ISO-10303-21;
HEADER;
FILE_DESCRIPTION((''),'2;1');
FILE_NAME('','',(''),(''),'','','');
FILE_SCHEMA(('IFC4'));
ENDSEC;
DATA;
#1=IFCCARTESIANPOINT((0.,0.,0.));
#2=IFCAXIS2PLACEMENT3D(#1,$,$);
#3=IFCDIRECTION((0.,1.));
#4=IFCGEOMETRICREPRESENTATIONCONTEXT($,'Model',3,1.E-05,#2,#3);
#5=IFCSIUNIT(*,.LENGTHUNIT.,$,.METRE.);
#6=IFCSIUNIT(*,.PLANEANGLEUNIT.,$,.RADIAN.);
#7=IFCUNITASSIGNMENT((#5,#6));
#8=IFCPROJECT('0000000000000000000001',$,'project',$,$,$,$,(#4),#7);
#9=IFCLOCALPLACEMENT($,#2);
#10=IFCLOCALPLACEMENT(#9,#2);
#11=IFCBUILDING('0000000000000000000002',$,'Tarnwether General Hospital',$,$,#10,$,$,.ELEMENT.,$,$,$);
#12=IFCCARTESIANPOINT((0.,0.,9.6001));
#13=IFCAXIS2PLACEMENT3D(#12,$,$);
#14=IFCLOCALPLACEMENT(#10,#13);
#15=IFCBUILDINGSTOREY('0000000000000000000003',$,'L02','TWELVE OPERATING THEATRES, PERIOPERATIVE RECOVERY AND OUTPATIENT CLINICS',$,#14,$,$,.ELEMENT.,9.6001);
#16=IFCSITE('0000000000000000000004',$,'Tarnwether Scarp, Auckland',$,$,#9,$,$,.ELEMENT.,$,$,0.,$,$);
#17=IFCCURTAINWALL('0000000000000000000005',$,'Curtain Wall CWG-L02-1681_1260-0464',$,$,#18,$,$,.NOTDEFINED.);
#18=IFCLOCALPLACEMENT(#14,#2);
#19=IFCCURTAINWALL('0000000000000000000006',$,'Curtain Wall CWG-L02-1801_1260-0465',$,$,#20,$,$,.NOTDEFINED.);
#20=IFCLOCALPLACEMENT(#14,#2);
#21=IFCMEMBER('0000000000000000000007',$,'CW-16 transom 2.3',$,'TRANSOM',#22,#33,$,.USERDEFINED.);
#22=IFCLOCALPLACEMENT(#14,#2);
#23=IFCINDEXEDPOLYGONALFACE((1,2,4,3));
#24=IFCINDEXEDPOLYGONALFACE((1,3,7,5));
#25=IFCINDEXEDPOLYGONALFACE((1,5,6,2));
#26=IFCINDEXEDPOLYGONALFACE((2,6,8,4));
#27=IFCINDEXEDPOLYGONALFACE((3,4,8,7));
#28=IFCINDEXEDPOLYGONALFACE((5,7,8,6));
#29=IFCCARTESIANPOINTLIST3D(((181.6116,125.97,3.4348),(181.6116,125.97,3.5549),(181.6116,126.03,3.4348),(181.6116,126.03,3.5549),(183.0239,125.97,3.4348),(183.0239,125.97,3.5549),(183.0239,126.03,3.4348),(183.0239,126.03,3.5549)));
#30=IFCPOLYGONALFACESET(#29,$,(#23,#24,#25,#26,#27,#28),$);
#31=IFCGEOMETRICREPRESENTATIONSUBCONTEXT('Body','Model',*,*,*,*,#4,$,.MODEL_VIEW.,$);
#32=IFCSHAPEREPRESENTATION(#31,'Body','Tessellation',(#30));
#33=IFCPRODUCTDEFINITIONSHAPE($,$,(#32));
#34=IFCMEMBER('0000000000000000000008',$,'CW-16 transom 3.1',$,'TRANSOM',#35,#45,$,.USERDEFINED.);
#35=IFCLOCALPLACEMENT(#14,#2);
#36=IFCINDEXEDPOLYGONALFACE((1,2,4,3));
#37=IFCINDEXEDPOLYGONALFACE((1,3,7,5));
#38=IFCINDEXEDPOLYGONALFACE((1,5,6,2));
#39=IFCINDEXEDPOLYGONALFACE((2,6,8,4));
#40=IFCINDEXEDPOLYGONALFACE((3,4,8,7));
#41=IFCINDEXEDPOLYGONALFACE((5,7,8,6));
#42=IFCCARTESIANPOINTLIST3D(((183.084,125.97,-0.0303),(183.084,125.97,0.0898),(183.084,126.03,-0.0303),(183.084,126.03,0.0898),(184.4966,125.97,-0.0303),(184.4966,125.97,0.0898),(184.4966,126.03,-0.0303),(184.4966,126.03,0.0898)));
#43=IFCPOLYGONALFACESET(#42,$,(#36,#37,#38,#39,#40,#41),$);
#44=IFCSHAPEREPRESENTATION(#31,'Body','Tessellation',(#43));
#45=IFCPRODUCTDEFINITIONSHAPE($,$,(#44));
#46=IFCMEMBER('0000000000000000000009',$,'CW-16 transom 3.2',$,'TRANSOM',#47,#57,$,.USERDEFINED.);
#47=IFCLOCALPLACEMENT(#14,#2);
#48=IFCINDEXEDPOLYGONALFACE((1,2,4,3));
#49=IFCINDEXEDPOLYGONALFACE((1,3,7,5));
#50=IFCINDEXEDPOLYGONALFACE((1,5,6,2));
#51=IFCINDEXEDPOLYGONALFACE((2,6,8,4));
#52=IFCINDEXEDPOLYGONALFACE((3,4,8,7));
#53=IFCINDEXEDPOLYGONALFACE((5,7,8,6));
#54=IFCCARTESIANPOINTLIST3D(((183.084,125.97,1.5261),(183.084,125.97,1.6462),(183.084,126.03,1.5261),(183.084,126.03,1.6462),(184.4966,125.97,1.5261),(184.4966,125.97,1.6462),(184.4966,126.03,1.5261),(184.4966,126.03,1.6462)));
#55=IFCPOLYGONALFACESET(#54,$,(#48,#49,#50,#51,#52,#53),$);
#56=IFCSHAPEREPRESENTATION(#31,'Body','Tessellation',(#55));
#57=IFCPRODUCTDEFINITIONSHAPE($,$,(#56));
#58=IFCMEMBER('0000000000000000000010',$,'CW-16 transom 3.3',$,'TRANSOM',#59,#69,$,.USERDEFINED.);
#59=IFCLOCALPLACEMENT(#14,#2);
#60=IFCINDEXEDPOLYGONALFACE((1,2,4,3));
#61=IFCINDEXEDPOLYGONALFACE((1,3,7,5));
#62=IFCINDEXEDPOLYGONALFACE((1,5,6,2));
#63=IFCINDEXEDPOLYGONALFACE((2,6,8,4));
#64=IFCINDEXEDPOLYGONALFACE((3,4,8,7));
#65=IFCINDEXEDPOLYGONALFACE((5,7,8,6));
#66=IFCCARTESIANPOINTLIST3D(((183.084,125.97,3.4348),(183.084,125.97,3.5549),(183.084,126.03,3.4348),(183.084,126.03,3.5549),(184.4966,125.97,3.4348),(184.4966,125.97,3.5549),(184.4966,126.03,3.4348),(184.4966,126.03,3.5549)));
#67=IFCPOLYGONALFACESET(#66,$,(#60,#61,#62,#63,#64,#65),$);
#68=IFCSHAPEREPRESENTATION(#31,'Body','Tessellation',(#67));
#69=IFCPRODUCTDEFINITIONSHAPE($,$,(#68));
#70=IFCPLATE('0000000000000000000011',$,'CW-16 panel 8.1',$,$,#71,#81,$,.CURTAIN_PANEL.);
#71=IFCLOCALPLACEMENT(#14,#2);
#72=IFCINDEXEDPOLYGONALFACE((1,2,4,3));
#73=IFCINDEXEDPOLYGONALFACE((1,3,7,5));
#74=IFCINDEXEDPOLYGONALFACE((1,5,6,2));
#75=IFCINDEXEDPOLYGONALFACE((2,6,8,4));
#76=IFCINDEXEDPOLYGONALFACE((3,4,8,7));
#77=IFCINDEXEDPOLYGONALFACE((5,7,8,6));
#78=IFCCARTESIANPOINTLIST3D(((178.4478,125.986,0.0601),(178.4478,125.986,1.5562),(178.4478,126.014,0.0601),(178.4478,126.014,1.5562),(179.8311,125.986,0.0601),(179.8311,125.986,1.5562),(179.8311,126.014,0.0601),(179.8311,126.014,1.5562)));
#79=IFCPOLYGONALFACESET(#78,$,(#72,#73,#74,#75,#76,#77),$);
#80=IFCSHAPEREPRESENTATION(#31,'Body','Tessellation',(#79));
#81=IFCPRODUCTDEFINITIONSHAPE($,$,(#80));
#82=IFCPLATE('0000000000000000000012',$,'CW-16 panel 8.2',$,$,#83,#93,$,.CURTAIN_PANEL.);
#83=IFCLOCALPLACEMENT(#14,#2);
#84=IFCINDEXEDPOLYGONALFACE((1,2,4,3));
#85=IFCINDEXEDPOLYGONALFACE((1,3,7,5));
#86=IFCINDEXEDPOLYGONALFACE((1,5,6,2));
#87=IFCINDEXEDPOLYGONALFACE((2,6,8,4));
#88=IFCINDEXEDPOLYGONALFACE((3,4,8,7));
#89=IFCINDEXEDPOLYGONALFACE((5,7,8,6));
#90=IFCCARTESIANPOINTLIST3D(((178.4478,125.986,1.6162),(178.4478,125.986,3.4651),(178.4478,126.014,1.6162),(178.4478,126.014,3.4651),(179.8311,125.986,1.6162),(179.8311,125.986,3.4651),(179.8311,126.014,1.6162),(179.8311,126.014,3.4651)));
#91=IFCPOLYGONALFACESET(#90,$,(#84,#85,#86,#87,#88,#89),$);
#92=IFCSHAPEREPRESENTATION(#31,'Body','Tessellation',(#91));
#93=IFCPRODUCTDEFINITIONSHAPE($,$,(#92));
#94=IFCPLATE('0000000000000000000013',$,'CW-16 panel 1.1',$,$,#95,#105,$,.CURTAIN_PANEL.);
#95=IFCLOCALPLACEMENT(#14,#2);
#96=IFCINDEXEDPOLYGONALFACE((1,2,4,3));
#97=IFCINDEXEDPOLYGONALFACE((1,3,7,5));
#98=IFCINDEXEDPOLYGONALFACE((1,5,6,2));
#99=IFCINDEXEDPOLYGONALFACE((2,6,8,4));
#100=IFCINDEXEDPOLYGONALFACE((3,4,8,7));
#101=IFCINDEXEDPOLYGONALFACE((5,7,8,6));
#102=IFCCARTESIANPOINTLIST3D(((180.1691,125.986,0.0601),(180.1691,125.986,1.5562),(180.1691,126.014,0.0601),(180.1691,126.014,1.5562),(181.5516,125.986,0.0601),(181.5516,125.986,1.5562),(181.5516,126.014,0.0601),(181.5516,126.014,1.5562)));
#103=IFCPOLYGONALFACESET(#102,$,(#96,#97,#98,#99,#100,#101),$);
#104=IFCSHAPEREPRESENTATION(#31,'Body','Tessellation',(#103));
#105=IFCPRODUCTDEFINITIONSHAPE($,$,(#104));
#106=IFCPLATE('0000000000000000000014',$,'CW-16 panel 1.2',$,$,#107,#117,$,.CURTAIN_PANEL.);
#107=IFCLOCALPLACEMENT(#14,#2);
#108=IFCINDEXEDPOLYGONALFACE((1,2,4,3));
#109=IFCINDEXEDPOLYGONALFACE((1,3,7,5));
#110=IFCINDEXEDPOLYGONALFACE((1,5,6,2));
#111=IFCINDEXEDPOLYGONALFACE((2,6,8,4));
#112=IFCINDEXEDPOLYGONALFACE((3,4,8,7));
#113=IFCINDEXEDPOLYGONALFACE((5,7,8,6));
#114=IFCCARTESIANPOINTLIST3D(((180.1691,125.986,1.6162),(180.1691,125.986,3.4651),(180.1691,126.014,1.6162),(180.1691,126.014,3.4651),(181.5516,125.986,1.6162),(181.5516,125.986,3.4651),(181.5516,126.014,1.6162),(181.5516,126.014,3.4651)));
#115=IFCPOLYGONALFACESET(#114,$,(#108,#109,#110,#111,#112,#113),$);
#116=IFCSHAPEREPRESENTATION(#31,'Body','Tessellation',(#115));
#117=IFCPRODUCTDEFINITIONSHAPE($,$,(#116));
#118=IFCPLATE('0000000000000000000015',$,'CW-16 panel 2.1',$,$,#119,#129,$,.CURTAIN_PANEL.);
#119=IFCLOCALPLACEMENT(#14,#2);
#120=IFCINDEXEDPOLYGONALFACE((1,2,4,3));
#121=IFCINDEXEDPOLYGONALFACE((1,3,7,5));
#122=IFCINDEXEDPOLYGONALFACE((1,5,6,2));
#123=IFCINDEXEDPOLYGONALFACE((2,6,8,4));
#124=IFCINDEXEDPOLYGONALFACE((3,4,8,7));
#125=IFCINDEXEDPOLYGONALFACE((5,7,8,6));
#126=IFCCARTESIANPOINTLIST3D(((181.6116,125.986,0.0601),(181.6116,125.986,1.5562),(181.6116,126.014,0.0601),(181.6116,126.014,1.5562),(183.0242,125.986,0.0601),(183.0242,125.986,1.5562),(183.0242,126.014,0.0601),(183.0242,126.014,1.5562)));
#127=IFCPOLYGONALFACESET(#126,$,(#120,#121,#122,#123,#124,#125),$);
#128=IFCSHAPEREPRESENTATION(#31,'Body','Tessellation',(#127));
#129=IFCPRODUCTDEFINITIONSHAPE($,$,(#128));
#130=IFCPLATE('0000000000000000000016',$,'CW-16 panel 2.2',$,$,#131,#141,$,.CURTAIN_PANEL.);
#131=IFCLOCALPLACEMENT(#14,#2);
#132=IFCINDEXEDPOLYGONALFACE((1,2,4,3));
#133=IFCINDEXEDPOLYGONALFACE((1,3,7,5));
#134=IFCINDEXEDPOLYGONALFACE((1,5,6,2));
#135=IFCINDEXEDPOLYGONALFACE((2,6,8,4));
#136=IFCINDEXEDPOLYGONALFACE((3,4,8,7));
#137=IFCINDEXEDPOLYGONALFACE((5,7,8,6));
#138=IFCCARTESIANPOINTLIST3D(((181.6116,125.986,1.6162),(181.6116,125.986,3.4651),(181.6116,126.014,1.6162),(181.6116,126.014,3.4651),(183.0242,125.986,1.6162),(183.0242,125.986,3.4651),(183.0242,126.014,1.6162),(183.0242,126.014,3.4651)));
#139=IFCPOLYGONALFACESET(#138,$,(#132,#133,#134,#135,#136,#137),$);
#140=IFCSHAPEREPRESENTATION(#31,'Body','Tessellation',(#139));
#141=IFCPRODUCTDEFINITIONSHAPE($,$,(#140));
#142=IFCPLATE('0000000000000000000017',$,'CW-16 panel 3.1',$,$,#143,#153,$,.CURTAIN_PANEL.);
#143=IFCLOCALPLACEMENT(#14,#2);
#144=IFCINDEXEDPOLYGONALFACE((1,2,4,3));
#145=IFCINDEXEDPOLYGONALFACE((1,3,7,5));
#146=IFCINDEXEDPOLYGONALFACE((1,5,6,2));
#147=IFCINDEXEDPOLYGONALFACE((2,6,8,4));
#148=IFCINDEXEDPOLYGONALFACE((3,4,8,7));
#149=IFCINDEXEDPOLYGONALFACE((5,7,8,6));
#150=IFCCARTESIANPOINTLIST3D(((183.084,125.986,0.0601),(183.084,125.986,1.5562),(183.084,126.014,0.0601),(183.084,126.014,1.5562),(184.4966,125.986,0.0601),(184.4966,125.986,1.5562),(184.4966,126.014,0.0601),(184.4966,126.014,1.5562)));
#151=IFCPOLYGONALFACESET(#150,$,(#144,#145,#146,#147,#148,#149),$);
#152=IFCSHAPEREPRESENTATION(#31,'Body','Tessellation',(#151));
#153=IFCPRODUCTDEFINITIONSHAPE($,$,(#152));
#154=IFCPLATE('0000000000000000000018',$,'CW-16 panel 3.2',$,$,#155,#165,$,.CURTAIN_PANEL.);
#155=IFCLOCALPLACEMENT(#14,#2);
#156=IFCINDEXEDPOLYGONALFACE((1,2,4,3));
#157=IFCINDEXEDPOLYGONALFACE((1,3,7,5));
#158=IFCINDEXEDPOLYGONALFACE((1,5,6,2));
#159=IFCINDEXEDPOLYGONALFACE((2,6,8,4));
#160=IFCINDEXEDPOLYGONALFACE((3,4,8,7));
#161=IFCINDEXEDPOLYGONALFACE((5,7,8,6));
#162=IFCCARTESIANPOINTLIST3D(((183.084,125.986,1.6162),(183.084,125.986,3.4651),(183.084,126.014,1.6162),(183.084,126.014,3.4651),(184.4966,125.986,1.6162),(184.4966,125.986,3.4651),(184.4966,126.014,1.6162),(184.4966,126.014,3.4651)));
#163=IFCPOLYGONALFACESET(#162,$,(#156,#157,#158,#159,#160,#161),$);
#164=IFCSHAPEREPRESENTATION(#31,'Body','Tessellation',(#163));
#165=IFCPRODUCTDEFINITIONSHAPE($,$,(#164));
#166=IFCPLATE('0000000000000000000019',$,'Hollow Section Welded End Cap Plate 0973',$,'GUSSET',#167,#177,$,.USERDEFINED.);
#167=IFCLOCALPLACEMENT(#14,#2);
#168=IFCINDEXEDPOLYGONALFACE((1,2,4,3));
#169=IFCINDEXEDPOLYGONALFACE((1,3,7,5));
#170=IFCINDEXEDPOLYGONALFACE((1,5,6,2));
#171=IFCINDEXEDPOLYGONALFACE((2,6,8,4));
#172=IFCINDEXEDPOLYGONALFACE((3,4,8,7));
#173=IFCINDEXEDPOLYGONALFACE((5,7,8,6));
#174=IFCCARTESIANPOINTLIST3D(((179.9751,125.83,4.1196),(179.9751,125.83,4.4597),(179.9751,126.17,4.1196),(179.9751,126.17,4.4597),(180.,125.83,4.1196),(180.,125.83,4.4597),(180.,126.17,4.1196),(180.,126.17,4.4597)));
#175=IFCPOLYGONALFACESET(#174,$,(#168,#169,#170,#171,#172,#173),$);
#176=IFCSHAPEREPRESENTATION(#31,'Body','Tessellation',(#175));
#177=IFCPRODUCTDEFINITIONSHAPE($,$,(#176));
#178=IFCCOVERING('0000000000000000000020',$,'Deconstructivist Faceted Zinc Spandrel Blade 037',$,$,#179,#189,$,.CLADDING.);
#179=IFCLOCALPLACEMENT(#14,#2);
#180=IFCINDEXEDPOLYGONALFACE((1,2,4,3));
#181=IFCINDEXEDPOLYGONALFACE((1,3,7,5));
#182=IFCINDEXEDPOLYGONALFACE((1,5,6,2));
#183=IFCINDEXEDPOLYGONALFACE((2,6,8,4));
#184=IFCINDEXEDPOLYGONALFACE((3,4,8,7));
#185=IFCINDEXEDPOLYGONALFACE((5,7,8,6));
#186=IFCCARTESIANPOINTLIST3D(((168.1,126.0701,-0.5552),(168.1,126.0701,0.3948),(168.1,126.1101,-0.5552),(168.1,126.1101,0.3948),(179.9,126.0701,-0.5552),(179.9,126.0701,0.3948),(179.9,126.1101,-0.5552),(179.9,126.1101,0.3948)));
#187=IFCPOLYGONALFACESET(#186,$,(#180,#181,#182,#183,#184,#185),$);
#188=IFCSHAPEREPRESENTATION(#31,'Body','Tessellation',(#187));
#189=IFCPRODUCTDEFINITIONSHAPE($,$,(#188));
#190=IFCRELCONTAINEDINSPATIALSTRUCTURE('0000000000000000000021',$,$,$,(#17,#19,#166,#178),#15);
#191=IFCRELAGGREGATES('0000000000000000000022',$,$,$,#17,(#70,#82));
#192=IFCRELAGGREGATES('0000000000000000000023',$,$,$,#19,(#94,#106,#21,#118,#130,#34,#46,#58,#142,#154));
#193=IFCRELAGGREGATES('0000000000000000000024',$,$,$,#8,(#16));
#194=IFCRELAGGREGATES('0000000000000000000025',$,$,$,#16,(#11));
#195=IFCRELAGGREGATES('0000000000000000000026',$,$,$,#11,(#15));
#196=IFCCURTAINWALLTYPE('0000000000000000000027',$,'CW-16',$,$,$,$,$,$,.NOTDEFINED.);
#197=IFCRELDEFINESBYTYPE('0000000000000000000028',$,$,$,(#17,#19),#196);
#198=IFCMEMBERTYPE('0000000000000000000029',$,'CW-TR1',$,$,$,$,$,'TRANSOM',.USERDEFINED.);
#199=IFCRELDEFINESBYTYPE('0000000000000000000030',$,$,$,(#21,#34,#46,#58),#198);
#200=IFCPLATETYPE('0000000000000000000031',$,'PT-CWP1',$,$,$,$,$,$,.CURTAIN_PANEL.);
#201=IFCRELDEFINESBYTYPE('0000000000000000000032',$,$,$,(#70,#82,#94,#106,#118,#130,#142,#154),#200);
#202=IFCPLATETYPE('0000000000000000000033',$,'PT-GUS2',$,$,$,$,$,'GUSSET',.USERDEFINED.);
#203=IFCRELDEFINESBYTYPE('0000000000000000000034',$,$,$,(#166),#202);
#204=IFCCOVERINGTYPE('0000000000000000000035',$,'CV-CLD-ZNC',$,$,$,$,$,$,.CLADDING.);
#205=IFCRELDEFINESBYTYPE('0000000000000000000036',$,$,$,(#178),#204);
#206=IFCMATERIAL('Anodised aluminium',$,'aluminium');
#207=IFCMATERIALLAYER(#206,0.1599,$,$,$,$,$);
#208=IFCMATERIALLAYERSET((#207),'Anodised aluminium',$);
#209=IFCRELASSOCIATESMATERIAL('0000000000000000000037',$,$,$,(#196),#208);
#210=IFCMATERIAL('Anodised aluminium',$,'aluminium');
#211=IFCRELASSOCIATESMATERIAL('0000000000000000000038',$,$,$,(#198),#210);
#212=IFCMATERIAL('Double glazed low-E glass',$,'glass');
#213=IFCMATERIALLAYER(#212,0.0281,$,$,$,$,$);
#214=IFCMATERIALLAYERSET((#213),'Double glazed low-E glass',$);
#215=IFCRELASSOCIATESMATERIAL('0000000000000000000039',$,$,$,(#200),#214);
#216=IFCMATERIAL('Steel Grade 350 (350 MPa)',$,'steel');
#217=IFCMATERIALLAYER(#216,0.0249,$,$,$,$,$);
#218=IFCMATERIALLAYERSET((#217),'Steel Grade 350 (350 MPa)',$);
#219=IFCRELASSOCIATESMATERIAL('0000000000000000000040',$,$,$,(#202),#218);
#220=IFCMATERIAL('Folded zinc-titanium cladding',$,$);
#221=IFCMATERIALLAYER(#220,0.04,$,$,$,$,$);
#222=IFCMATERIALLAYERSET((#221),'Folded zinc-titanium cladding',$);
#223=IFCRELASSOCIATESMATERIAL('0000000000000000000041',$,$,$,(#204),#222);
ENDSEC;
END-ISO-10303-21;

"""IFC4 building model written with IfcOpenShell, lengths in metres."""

from ifc_helpers import new_model, si_unit, direction, frame, origin, origin_2d, place, context, subcontext, project, spatial, rectangle, extrude, material, layer, layer_set, material_profile, profile_set, type_object, element, aggregate, save


model = new_model("IFC4")

# Units and contexts
model_context = context("Model", 3, precision=1e-05, world=origin(), true_north=direction((0.0, 1.0)))
body_context = subcontext(model_context, "Body", "Model", "MODEL_VIEW")
ifc_project = project(units=[si_unit("LENGTHUNIT", "METRE"), si_unit("PLANEANGLEUNIT", "RADIAN")], contexts=[model_context])

# Site, building, storey
site_placement = place(None, origin())
site = spatial("IfcSite", under=ifc_project, at=site_placement, Name="Tarnwether Scarp, Auckland", CompositionType="ELEMENT", RefElevation=0.0)
building_placement = place(site_placement, origin())
building = spatial("IfcBuilding", under=site, at=building_placement, Name="Tarnwether General Hospital", CompositionType="ELEMENT")
storey_placement = place(building_placement, frame((0.0, 0.0, 9.6001)))
storey = spatial("IfcBuildingStorey", under=building, at=storey_placement, Name="L02", Description="TWELVE OPERATING THEATRES, PERIOPERATIVE RECOVERY AND OUTPATIENT CLINICS", CompositionType="ELEMENT", Elevation=9.6001)

# Curtain wall
ifc_material_1 = material(Name="Anodised aluminium", Category="aluminium")
ifc_layer_1 = layer(ifc_material_1, 0.1599)
ifc_layer_set_1 = layer_set([ifc_layer_1], Name="Anodised aluminium")
curtain_wall_type = type_object("IfcCurtainWallType", Name="CW-16", PredefinedType="NOTDEFINED", material=ifc_layer_set_1)
curtain_wall_1_placement = place(storey_placement, origin())
curtain_wall_1 = element("IfcCurtainWall", 1, at=curtain_wall_1_placement, inside=storey, type_object=curtain_wall_type, Name="Curtain Wall CWG-L02-1681_1260-0464", PredefinedType="NOTDEFINED")

# Curtain wall
curtain_wall_2_placement = place(storey_placement, origin())
curtain_wall_2 = element("IfcCurtainWall", 2, at=curtain_wall_2_placement, inside=storey, type_object=curtain_wall_type, Name="Curtain Wall CWG-L02-1801_1260-0465", PredefinedType="NOTDEFINED")

# Members
ifc_material_2 = material(Name="Anodised aluminium", Category="aluminium")
ifc_material_profile_1 = material_profile(ifc_material_2, rectangle(XDim=0.0601, YDim=0.1201, at=origin_2d()), Name="ALU-TRN-60x120")
ifc_profile_set_1 = profile_set([ifc_material_profile_1], Name="Anodised aluminium")
member_type_1 = type_object("IfcMemberType", Name="CW-TR1", ElementType="TRANSOM", PredefinedType="USERDEFINED", material=ifc_profile_set_1)
member_1_placement = place(storey_placement, frame((181.6116, 126.0, 3.4949), z_axis=(1.0, 0.0, 0.0), x_axis=(0.0, 1.0, 0.0)))
member_1 = element("IfcMember", 3, at=member_1_placement, type_object=member_type_1, Name="CW-16 transom 2.3", ObjectType="TRANSOM", PredefinedType="USERDEFINED", context=body_context, shape_type="SweptSolid", body=[
    extrude(rectangle(XDim=0.0601, YDim=0.1201, at=origin_2d()), origin(), (0.0, 0.0, 1.0), 1.4124),
])
member_2_placement = place(storey_placement, frame((183.084, 126.0, 0.0298), z_axis=(1.0, 0.0, 0.0), x_axis=(0.0, 1.0, 0.0)))
member_2 = element("IfcMember", 4, at=member_2_placement, type_object=member_type_1, Name="CW-16 transom 3.1", ObjectType="TRANSOM", PredefinedType="USERDEFINED", context=body_context, shape_type="SweptSolid", body=[
    extrude(rectangle(XDim=0.0601, YDim=0.1201, at=origin_2d()), origin(), (0.0, 0.0, 1.0), 1.4126),
])
member_3_placement = place(storey_placement, frame((183.084, 126.0, 1.5862), z_axis=(1.0, 0.0, 0.0), x_axis=(0.0, 1.0, 0.0)))
member_3 = element("IfcMember", 5, at=member_3_placement, type_object=member_type_1, Name="CW-16 transom 3.2", ObjectType="TRANSOM", PredefinedType="USERDEFINED", context=body_context, shape_type="SweptSolid", body=[
    extrude(rectangle(XDim=0.0601, YDim=0.1201, at=origin_2d()), origin(), (0.0, 0.0, 1.0), 1.4126),
])
member_4_placement = place(storey_placement, frame((183.084, 126.0, 3.4949), z_axis=(1.0, 0.0, 0.0), x_axis=(0.0, 1.0, 0.0)))
member_4 = element("IfcMember", 6, at=member_4_placement, type_object=member_type_1, Name="CW-16 transom 3.3", ObjectType="TRANSOM", PredefinedType="USERDEFINED", context=body_context, shape_type="SweptSolid", body=[
    extrude(rectangle(XDim=0.0601, YDim=0.1201, at=origin_2d()), origin(), (0.0, 0.0, 1.0), 1.4126),
])

# Plates
ifc_material_3 = material(Name="Double glazed low-E glass", Category="glass")
ifc_layer_2 = layer(ifc_material_3, 0.0281)
ifc_layer_set_2 = layer_set([ifc_layer_2], Name="Double glazed low-E glass")
plate_type_1 = type_object("IfcPlateType", Name="PT-CWP1", PredefinedType="CURTAIN_PANEL", material=ifc_layer_set_2)
plate_1_placement = place(storey_placement, frame((179.1394, 126.0, 0.0601), z_axis=(0.0, 0.0, 1.0), x_axis=(1.0, 0.0, 0.0)))
plate_1 = element("IfcPlate", 7, at=plate_1_placement, type_object=plate_type_1, Name="CW-16 panel 8.1", PredefinedType="CURTAIN_PANEL", context=body_context, shape_type="SweptSolid", body=[
    extrude(rectangle(XDim=1.3833, YDim=0.0281, at=origin_2d()), origin(), (0.0, 0.0, 1.0), 1.4961),
])
plate_2_placement = place(storey_placement, frame((179.1394, 126.0, 1.6162), z_axis=(0.0, 0.0, 1.0), x_axis=(1.0, 0.0, 0.0)))
plate_2 = element("IfcPlate", 8, at=plate_2_placement, type_object=plate_type_1, Name="CW-16 panel 8.2", PredefinedType="CURTAIN_PANEL", context=body_context, shape_type="SweptSolid", body=[
    extrude(rectangle(XDim=1.3833, YDim=0.0281, at=origin_2d()), origin(), (0.0, 0.0, 1.0), 1.8489),
])
aggregate(curtain_wall_1, [plate_1, plate_2])
plate_3_placement = place(storey_placement, frame((180.8604, 126.0, 0.0601), z_axis=(0.0, 0.0, 1.0), x_axis=(1.0, 0.0, 0.0)))
plate_3 = element("IfcPlate", 9, at=plate_3_placement, type_object=plate_type_1, Name="CW-16 panel 1.1", PredefinedType="CURTAIN_PANEL", context=body_context, shape_type="SweptSolid", body=[
    extrude(rectangle(XDim=1.3826, YDim=0.0281, at=origin_2d()), origin(), (0.0, 0.0, 1.0), 1.4961),
])
plate_4_placement = place(storey_placement, frame((180.8604, 126.0, 1.6162), z_axis=(0.0, 0.0, 1.0), x_axis=(1.0, 0.0, 0.0)))
plate_4 = element("IfcPlate", 10, at=plate_4_placement, type_object=plate_type_1, Name="CW-16 panel 1.2", PredefinedType="CURTAIN_PANEL", context=body_context, shape_type="SweptSolid", body=[
    extrude(rectangle(XDim=1.3826, YDim=0.0281, at=origin_2d()), origin(), (0.0, 0.0, 1.0), 1.8489),
])
plate_5_placement = place(storey_placement, frame((182.3179, 126.0, 0.0601), z_axis=(0.0, 0.0, 1.0), x_axis=(1.0, 0.0, 0.0)))
plate_5 = element("IfcPlate", 11, at=plate_5_placement, type_object=plate_type_1, Name="CW-16 panel 2.1", PredefinedType="CURTAIN_PANEL", context=body_context, shape_type="SweptSolid", body=[
    extrude(rectangle(XDim=1.4126, YDim=0.0281, at=origin_2d()), origin(), (0.0, 0.0, 1.0), 1.4961),
])
plate_6_placement = place(storey_placement, frame((182.3179, 126.0, 1.6162), z_axis=(0.0, 0.0, 1.0), x_axis=(1.0, 0.0, 0.0)))
plate_6 = element("IfcPlate", 12, at=plate_6_placement, type_object=plate_type_1, Name="CW-16 panel 2.2", PredefinedType="CURTAIN_PANEL", context=body_context, shape_type="SweptSolid", body=[
    extrude(rectangle(XDim=1.4126, YDim=0.0281, at=origin_2d()), origin(), (0.0, 0.0, 1.0), 1.8489),
])
plate_7_placement = place(storey_placement, frame((183.7903, 126.0, 0.0601), z_axis=(0.0, 0.0, 1.0), x_axis=(1.0, 0.0, 0.0)))
plate_7 = element("IfcPlate", 13, at=plate_7_placement, type_object=plate_type_1, Name="CW-16 panel 3.1", PredefinedType="CURTAIN_PANEL", context=body_context, shape_type="SweptSolid", body=[
    extrude(rectangle(XDim=1.4126, YDim=0.0281, at=origin_2d()), origin(), (0.0, 0.0, 1.0), 1.4961),
])
plate_8_placement = place(storey_placement, frame((183.7903, 126.0, 1.6162), z_axis=(0.0, 0.0, 1.0), x_axis=(1.0, 0.0, 0.0)))
plate_8 = element("IfcPlate", 14, at=plate_8_placement, type_object=plate_type_1, Name="CW-16 panel 3.2", PredefinedType="CURTAIN_PANEL", context=body_context, shape_type="SweptSolid", body=[
    extrude(rectangle(XDim=1.4126, YDim=0.0281, at=origin_2d()), origin(), (0.0, 0.0, 1.0), 1.8489),
])
aggregate(curtain_wall_2, [plate_3, plate_4, member_1, plate_5, plate_6, member_2, member_3, member_4, plate_7, plate_8])
ifc_material_4 = material(Name="Steel Grade 350 (350 MPa)", Category="steel")
ifc_layer_3 = layer(ifc_material_4, 0.0249)
ifc_layer_set_3 = layer_set([ifc_layer_3], Name="Steel Grade 350 (350 MPa)")
plate_type_2 = type_object("IfcPlateType", Name="PT-GUS2", ElementType="GUSSET", PredefinedType="USERDEFINED", material=ifc_layer_set_3)
plate_9_placement = place(storey_placement, frame((179.9875, 126.0, 4.1196), z_axis=(0.0, 0.0, 1.0), x_axis=(1.0, 0.0, 0.0)))
element("IfcPlate", 15, at=plate_9_placement, inside=storey, type_object=plate_type_2, Name="Hollow Section Welded End Cap Plate 0973", ObjectType="GUSSET", PredefinedType="USERDEFINED", context=body_context, shape_type="SweptSolid", body=[
    extrude(rectangle(XDim=0.0249, YDim=0.3401, at=origin_2d()), origin(), (0.0, 0.0, 1.0), 0.3401),
])

# Covering
ifc_material_5 = material(Name="Folded zinc-titanium cladding")
ifc_layer_4 = layer(ifc_material_5, 0.04)
ifc_layer_set_4 = layer_set([ifc_layer_4], Name="Folded zinc-titanium cladding")
covering_type = type_object("IfcCoveringType", Name="CV-CLD-ZNC", PredefinedType="CLADDING", material=ifc_layer_set_4)
covering_placement = place(storey_placement, frame((174.0, 126.0901, -0.5552), z_axis=(0.0, 0.0, 1.0), x_axis=(1.0, 0.0, 0.0)))
element("IfcCovering", 16, at=covering_placement, inside=storey, type_object=covering_type, Name="Deconstructivist Faceted Zinc Spandrel Blade 037", PredefinedType="CLADDING", context=body_context, shape_type="SweptSolid", body=[
    extrude(rectangle(XDim=11.8, YDim=0.04, at=origin_2d()), origin(), (0.0, 0.0, 1.0), 0.95),
])

save(model, "model.ifc")
